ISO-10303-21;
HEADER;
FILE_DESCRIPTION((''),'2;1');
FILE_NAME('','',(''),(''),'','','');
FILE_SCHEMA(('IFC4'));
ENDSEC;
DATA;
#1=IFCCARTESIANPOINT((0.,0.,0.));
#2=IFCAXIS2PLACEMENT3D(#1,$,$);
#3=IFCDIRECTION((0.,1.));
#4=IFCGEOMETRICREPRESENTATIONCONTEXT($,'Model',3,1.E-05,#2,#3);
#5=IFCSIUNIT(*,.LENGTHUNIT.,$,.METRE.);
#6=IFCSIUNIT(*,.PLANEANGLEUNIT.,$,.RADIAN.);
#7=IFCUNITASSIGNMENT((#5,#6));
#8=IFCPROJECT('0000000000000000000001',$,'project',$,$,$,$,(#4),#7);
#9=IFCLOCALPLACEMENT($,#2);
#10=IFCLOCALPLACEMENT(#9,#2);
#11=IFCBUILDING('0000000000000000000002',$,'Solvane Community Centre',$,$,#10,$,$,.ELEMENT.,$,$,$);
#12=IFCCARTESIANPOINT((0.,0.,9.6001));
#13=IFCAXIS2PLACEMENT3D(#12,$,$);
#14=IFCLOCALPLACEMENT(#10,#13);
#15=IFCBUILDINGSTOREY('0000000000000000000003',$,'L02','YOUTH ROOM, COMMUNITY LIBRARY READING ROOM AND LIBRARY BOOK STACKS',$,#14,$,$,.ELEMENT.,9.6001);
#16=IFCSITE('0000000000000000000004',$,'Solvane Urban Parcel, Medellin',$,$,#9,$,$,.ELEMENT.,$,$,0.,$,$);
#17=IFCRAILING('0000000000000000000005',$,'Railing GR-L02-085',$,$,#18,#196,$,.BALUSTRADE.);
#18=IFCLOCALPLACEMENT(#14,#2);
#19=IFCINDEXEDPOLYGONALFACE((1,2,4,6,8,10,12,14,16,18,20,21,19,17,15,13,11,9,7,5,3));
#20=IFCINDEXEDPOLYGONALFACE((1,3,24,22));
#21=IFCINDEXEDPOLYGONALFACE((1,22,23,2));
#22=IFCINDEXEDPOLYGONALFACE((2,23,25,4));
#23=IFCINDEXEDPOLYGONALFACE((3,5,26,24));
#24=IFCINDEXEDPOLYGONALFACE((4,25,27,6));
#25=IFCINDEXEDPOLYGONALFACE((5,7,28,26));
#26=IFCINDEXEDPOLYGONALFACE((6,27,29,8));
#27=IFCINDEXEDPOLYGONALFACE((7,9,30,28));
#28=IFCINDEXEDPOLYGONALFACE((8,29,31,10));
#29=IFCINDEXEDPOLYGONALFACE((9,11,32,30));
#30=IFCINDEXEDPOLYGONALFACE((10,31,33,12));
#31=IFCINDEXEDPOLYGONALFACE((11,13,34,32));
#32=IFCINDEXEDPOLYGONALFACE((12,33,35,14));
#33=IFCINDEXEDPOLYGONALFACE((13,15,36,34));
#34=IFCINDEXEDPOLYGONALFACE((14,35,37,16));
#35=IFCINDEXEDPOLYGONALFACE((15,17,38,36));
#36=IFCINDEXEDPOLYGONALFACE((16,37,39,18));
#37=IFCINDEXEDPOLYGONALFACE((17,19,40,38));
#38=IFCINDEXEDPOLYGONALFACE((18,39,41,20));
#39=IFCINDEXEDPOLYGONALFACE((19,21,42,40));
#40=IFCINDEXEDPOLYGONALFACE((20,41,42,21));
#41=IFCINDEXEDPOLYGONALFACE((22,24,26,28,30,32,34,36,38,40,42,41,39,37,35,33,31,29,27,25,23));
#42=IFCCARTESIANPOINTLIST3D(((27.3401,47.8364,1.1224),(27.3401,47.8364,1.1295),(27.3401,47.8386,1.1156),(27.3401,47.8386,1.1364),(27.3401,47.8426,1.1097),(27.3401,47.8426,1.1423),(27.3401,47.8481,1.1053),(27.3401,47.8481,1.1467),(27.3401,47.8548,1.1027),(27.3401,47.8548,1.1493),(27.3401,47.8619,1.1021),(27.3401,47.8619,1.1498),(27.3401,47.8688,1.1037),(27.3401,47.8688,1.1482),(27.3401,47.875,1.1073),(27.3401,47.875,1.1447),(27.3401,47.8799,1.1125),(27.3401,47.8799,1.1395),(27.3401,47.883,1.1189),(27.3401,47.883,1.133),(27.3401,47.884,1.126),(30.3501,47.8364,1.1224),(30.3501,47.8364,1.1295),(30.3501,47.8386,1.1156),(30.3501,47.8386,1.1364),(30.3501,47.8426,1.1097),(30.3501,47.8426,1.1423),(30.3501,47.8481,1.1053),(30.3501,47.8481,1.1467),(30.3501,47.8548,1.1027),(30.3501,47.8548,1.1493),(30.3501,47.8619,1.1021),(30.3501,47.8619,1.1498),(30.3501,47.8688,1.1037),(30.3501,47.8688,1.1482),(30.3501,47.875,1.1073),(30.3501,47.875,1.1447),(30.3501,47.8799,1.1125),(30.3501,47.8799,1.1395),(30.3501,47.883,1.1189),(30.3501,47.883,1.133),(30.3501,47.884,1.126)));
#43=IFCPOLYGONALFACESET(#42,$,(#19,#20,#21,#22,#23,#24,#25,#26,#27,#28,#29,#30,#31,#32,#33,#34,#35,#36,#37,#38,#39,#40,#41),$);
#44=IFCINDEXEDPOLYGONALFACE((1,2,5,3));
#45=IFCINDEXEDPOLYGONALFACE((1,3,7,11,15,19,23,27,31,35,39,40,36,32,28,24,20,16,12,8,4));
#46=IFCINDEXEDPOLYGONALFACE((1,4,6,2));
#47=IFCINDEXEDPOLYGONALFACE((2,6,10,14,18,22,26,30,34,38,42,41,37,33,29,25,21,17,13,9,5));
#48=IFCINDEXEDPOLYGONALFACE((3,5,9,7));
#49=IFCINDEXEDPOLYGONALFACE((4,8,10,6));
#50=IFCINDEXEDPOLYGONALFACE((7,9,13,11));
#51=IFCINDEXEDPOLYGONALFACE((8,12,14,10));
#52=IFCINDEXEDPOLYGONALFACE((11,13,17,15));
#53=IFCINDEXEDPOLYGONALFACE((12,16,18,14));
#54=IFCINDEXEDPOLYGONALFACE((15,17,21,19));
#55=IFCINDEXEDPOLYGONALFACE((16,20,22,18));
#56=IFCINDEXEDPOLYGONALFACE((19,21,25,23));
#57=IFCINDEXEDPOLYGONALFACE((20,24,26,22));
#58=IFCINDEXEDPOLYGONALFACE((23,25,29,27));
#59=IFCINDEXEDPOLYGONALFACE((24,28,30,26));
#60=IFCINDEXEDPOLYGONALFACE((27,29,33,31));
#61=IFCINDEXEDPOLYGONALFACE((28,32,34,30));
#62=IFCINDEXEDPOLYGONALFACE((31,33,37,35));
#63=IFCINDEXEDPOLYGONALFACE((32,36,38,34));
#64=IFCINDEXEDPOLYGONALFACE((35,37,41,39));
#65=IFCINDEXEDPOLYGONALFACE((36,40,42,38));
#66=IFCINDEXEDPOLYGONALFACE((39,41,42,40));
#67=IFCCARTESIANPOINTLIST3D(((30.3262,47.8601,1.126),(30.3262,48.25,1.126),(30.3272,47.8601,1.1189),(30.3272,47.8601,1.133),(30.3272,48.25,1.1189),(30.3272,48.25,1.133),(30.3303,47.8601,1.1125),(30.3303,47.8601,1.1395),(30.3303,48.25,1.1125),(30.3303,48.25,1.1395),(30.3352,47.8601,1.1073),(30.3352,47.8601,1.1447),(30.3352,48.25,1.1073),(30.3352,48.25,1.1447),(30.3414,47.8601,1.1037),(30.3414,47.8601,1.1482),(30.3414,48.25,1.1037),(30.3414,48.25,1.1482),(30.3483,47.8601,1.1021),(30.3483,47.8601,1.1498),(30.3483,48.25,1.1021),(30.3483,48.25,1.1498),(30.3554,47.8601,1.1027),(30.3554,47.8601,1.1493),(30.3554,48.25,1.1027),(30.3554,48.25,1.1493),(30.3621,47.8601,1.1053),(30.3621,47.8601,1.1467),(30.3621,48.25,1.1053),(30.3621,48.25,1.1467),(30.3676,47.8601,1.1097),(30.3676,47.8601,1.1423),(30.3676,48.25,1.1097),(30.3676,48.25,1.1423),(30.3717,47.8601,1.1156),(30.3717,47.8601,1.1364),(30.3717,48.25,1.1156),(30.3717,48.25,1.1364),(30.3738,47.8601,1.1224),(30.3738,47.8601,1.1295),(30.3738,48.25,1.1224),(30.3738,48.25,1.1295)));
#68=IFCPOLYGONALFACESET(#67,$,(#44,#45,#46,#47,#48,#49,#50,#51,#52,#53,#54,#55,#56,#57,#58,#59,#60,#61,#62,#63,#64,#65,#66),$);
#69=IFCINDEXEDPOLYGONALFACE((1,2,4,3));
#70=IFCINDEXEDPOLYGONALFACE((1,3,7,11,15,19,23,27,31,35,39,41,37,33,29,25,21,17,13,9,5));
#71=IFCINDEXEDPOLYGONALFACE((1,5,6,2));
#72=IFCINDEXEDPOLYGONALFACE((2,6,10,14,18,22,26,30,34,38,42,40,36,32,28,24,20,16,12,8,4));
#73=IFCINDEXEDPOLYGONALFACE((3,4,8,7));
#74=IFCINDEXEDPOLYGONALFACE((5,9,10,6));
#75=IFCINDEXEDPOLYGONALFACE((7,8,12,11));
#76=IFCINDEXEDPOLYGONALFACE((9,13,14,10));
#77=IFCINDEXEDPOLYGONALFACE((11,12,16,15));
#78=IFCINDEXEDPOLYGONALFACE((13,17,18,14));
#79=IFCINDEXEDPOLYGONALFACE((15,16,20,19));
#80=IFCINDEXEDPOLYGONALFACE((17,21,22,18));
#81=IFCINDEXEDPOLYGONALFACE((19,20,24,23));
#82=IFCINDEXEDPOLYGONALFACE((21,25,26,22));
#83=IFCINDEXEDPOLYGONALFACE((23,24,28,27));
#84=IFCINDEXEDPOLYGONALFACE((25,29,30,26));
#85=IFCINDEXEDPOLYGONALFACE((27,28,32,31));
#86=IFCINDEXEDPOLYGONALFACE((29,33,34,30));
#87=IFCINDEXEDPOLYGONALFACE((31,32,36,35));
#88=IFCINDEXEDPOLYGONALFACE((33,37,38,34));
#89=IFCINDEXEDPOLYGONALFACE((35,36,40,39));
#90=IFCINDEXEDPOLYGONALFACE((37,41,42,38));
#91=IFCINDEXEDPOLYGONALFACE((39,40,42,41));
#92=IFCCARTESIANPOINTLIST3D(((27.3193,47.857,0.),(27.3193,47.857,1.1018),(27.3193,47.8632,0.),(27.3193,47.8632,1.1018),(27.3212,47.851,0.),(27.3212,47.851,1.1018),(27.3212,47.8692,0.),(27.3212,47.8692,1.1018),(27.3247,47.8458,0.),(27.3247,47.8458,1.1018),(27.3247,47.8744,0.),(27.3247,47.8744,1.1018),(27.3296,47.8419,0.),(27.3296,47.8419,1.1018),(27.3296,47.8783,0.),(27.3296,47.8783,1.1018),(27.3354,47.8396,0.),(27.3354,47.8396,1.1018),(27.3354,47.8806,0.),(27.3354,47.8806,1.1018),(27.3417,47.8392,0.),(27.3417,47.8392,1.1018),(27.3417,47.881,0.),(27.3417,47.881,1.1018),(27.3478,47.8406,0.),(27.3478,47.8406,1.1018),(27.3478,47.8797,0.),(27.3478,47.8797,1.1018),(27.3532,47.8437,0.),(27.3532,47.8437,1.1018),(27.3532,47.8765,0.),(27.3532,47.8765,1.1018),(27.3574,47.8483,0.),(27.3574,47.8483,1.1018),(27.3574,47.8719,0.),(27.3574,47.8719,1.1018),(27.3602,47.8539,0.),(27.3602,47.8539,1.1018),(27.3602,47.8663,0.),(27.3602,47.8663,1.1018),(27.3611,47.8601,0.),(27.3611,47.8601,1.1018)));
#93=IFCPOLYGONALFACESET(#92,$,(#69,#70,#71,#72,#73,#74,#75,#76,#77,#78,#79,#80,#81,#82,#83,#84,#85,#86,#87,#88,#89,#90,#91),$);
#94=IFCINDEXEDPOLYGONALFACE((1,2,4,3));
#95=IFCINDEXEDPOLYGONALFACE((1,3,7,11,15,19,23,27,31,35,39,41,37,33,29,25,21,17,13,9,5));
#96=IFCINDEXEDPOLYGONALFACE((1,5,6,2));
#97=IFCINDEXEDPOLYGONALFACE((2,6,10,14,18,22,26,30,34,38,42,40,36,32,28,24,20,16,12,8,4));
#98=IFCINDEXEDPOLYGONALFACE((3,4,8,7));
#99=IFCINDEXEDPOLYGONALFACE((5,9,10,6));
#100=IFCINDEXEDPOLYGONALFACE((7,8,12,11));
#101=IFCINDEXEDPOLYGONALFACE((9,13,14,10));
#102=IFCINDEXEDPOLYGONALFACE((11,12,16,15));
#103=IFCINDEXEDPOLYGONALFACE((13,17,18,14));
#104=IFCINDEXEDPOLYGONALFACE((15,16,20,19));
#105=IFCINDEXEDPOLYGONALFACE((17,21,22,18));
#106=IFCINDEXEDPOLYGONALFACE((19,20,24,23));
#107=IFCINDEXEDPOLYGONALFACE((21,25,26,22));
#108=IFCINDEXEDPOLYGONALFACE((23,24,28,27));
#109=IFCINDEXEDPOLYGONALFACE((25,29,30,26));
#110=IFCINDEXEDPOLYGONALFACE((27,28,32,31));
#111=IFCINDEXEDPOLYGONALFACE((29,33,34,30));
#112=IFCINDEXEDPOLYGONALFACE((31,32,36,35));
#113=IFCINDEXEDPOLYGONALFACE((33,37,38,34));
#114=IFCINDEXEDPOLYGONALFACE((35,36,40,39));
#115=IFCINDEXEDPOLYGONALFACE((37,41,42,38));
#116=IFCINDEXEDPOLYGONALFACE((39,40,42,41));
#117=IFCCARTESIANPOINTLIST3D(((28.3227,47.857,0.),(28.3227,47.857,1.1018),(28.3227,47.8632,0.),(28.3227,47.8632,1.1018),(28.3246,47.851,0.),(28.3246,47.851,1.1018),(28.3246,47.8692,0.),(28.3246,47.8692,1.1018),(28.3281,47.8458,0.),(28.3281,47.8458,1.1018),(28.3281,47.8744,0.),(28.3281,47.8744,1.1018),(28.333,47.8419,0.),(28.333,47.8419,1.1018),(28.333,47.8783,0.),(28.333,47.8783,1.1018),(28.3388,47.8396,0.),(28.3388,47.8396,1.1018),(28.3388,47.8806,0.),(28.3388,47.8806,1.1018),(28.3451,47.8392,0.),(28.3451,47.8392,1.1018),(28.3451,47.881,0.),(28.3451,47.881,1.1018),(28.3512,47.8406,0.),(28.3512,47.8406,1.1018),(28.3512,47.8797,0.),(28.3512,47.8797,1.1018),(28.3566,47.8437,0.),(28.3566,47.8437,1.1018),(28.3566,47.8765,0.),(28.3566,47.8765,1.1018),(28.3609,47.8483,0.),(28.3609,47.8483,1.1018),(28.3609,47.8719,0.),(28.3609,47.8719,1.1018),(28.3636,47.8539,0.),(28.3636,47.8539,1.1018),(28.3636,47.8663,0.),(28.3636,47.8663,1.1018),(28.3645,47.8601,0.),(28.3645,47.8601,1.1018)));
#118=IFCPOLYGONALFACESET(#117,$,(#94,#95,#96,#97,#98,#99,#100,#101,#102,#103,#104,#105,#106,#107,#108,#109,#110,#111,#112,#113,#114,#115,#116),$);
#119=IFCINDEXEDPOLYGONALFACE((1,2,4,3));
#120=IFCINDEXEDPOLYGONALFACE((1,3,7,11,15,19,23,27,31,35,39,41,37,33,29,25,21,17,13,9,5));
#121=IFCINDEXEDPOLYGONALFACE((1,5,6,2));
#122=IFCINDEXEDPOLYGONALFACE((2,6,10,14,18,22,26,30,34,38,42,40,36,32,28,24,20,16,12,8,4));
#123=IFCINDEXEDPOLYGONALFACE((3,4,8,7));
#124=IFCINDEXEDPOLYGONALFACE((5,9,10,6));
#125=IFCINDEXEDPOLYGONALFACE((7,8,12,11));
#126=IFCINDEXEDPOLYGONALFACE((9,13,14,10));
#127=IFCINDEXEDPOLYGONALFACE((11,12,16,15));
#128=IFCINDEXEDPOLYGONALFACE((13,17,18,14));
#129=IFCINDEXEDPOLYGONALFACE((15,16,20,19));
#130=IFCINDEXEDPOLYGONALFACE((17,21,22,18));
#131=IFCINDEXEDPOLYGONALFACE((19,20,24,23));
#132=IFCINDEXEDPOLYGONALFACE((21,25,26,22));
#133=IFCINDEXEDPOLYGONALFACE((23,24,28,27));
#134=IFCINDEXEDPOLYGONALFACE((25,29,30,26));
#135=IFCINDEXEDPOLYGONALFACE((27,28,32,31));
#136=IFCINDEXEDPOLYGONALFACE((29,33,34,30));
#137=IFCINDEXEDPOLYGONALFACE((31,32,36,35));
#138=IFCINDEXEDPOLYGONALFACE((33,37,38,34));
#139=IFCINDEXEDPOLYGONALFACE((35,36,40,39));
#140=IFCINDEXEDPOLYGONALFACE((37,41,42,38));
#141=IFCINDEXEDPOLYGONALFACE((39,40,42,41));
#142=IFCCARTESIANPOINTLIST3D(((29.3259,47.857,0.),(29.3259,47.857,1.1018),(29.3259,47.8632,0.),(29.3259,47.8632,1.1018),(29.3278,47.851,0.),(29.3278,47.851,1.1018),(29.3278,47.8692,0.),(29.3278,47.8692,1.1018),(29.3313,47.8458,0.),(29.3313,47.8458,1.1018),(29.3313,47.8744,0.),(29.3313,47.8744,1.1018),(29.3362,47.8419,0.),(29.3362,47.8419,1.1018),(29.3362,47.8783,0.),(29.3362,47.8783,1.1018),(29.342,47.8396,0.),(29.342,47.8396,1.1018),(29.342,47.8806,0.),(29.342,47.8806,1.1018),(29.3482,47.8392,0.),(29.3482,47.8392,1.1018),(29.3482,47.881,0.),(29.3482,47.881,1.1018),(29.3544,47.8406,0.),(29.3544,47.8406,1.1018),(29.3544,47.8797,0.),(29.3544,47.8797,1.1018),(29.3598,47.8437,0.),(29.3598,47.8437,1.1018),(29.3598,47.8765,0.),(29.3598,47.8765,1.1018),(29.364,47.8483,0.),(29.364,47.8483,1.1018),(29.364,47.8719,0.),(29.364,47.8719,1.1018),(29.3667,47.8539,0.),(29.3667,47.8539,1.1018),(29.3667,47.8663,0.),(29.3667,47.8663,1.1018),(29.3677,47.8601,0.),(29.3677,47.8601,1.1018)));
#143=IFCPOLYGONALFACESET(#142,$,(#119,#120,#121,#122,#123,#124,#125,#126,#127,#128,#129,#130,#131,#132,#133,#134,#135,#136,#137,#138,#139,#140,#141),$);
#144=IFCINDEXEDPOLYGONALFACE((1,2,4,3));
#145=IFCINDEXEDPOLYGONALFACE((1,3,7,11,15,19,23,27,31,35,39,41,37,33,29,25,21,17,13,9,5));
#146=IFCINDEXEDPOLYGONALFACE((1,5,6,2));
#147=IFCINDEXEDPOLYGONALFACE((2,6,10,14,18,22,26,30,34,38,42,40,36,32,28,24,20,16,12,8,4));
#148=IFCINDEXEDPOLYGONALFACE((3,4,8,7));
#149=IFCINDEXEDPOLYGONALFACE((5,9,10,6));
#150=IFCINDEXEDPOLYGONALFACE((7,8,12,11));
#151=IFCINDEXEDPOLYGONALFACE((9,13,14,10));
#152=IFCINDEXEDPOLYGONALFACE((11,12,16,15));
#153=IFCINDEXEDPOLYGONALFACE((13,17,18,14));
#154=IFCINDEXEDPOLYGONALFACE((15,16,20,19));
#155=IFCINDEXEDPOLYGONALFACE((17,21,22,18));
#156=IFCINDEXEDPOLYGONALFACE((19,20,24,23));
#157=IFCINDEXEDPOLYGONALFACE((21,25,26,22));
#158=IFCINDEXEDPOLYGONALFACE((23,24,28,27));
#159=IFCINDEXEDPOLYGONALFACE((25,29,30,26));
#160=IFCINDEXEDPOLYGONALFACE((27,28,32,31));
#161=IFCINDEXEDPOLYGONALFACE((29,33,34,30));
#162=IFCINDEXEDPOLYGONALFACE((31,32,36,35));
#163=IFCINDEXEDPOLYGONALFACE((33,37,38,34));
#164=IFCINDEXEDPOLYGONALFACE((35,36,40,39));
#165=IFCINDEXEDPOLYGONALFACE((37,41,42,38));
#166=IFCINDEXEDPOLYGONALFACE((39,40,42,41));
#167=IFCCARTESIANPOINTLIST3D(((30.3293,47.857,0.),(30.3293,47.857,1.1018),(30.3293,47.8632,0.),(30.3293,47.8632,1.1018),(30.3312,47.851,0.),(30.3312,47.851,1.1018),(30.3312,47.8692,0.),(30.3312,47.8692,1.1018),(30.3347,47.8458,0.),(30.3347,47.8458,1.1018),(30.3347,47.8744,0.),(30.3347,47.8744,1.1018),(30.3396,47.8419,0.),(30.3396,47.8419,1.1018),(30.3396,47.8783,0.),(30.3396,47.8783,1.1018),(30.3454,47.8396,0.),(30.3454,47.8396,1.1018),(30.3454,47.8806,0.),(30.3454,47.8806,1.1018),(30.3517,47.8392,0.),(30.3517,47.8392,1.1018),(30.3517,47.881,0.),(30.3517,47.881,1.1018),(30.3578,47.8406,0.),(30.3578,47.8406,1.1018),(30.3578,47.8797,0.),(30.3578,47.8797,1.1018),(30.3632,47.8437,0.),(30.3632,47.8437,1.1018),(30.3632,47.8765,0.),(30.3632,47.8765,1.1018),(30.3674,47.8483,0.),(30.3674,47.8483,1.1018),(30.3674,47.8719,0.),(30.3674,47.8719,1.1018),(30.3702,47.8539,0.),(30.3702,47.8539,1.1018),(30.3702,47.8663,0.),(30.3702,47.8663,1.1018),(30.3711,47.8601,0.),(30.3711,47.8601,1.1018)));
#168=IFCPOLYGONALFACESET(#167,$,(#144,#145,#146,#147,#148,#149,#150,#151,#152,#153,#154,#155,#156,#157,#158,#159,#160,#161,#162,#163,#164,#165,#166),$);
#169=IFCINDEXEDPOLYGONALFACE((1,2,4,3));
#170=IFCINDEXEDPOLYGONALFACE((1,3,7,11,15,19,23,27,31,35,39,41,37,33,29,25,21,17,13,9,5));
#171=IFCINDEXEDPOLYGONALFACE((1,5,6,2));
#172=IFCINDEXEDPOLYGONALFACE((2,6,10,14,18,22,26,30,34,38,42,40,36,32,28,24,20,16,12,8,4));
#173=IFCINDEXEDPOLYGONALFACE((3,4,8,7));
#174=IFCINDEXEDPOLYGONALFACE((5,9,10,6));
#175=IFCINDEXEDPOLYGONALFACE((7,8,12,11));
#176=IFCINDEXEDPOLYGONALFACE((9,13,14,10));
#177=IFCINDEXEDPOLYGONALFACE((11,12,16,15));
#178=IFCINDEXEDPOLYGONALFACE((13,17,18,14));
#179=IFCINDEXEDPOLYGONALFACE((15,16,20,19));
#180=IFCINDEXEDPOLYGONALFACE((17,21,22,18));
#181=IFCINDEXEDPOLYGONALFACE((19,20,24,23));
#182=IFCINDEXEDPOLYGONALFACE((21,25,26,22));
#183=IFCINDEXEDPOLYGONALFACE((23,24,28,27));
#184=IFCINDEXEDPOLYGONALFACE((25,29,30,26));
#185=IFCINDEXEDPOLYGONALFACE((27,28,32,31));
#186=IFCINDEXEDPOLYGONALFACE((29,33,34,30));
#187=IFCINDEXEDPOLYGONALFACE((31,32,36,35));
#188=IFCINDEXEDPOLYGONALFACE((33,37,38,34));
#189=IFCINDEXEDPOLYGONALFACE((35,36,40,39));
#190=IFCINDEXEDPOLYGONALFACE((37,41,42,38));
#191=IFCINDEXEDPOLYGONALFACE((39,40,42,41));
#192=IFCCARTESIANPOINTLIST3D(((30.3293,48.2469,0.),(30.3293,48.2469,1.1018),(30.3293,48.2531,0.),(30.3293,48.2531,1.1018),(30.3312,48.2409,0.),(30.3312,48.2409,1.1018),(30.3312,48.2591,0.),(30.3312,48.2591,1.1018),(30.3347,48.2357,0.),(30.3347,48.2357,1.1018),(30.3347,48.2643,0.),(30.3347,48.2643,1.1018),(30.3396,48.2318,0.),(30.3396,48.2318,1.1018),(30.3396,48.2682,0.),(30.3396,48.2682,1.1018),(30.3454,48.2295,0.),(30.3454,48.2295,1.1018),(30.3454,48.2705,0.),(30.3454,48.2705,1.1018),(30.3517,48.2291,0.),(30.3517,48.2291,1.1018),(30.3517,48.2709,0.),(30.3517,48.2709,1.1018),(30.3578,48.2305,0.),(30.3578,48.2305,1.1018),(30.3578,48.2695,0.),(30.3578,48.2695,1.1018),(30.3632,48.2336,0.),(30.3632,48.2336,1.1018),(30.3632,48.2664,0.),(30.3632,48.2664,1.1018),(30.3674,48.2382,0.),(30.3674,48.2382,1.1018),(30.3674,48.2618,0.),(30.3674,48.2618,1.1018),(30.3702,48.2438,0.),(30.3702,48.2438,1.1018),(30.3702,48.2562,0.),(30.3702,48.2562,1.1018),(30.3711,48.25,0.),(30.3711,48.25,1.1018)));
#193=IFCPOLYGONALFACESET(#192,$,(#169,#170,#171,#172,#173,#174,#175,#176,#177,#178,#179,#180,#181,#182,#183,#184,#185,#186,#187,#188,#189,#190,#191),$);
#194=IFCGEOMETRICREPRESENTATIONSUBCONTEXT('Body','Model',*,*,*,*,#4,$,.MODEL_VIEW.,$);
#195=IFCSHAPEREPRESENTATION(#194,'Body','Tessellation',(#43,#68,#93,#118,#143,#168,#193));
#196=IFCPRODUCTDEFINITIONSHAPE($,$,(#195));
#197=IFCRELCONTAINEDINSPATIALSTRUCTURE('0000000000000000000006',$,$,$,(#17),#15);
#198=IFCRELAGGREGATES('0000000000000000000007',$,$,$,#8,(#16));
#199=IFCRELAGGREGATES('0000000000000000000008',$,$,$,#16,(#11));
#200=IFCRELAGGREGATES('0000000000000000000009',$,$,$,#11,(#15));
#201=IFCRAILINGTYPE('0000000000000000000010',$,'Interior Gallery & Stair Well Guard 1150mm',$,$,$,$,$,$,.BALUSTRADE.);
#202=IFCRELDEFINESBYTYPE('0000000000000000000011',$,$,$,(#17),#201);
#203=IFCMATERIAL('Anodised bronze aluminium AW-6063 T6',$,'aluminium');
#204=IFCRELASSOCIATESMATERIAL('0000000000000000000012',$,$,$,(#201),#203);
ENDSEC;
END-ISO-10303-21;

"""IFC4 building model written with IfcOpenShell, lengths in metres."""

from ifc_helpers import new_model, si_unit, direction, frame, origin, origin_2d, place, context, subcontext, project, spatial, circle, extrude, material, type_object, element, save


model = new_model("IFC4")

# Units and contexts
model_context = context("Model", 3, precision=1e-05, world=origin(), true_north=direction((0.0, 1.0)))
body_context = subcontext(model_context, "Body", "Model", "MODEL_VIEW")
ifc_project = project(units=[si_unit("LENGTHUNIT", "METRE"), si_unit("PLANEANGLEUNIT", "RADIAN")], contexts=[model_context])

# Site, building, storey
site_placement = place(None, origin())
site = spatial("IfcSite", under=ifc_project, at=site_placement, Name="Solvane Urban Parcel, Medellin", CompositionType="ELEMENT", RefElevation=0.0)
building_placement = place(site_placement, origin())
building = spatial("IfcBuilding", under=site, at=building_placement, Name="Solvane Community Centre", CompositionType="ELEMENT")
storey_placement = place(building_placement, frame((0.0, 0.0, 9.6001)))
storey = spatial("IfcBuildingStorey", under=building, at=storey_placement, Name="L02", Description="YOUTH ROOM, COMMUNITY LIBRARY READING ROOM AND LIBRARY BOOK STACKS", CompositionType="ELEMENT", Elevation=9.6001)

# Shared definitions
ifc_material_1 = material(Name="Anodised bronze aluminium AW-6063 T6", Category="aluminium")

# Railing
railing_type = type_object("IfcRailingType", Name="Interior Gallery & Stair Well Guard 1150mm", PredefinedType="BALUSTRADE", material=ifc_material_1)
railing_placement = place(storey_placement, frame((27.3401, 47.8601, 0.0)))
element("IfcRailing", 1, at=railing_placement, inside=storey, type_object=railing_type, Name="Railing GR-L02-085", PredefinedType="BALUSTRADE", context=body_context, shape_type="SweptSolid", body=[
    extrude(circle(Radius=0.0239, at=origin_2d()), frame((0.0, 0.0, 1.126), z_axis=(1.0, 0.0, 0.0), x_axis=(0.0, 1.0, 0.0)), (0.0, 0.0, 1.0), 3.01),
    extrude(circle(Radius=0.0239, at=origin_2d()), frame((3.01, 0.0, 1.126), z_axis=(0.0, 1.0, 0.0), x_axis=(-1.0, 0.0, 0.0)), (0.0, 0.0, 1.0), 0.3899),
    extrude(circle(Radius=0.021, at=origin_2d()), origin(), (0.0, 0.0, 1.0), 1.1018),
    extrude(circle(Radius=0.021, at=origin_2d()), frame((1.0034, 0.0, 0.0)), (0.0, 0.0, 1.0), 1.1018),
    extrude(circle(Radius=0.021, at=origin_2d()), frame((2.0066, 0.0, 0.0)), (0.0, 0.0, 1.0), 1.1018),
    extrude(circle(Radius=0.021, at=origin_2d()), frame((3.01, 0.0, 0.0)), (0.0, 0.0, 1.0), 1.1018),
    extrude(circle(Radius=0.021, at=origin_2d()), frame((3.01, 0.3899, 0.0)), (0.0, 0.0, 1.0), 1.1018),
])

save(model, "model.ifc")
